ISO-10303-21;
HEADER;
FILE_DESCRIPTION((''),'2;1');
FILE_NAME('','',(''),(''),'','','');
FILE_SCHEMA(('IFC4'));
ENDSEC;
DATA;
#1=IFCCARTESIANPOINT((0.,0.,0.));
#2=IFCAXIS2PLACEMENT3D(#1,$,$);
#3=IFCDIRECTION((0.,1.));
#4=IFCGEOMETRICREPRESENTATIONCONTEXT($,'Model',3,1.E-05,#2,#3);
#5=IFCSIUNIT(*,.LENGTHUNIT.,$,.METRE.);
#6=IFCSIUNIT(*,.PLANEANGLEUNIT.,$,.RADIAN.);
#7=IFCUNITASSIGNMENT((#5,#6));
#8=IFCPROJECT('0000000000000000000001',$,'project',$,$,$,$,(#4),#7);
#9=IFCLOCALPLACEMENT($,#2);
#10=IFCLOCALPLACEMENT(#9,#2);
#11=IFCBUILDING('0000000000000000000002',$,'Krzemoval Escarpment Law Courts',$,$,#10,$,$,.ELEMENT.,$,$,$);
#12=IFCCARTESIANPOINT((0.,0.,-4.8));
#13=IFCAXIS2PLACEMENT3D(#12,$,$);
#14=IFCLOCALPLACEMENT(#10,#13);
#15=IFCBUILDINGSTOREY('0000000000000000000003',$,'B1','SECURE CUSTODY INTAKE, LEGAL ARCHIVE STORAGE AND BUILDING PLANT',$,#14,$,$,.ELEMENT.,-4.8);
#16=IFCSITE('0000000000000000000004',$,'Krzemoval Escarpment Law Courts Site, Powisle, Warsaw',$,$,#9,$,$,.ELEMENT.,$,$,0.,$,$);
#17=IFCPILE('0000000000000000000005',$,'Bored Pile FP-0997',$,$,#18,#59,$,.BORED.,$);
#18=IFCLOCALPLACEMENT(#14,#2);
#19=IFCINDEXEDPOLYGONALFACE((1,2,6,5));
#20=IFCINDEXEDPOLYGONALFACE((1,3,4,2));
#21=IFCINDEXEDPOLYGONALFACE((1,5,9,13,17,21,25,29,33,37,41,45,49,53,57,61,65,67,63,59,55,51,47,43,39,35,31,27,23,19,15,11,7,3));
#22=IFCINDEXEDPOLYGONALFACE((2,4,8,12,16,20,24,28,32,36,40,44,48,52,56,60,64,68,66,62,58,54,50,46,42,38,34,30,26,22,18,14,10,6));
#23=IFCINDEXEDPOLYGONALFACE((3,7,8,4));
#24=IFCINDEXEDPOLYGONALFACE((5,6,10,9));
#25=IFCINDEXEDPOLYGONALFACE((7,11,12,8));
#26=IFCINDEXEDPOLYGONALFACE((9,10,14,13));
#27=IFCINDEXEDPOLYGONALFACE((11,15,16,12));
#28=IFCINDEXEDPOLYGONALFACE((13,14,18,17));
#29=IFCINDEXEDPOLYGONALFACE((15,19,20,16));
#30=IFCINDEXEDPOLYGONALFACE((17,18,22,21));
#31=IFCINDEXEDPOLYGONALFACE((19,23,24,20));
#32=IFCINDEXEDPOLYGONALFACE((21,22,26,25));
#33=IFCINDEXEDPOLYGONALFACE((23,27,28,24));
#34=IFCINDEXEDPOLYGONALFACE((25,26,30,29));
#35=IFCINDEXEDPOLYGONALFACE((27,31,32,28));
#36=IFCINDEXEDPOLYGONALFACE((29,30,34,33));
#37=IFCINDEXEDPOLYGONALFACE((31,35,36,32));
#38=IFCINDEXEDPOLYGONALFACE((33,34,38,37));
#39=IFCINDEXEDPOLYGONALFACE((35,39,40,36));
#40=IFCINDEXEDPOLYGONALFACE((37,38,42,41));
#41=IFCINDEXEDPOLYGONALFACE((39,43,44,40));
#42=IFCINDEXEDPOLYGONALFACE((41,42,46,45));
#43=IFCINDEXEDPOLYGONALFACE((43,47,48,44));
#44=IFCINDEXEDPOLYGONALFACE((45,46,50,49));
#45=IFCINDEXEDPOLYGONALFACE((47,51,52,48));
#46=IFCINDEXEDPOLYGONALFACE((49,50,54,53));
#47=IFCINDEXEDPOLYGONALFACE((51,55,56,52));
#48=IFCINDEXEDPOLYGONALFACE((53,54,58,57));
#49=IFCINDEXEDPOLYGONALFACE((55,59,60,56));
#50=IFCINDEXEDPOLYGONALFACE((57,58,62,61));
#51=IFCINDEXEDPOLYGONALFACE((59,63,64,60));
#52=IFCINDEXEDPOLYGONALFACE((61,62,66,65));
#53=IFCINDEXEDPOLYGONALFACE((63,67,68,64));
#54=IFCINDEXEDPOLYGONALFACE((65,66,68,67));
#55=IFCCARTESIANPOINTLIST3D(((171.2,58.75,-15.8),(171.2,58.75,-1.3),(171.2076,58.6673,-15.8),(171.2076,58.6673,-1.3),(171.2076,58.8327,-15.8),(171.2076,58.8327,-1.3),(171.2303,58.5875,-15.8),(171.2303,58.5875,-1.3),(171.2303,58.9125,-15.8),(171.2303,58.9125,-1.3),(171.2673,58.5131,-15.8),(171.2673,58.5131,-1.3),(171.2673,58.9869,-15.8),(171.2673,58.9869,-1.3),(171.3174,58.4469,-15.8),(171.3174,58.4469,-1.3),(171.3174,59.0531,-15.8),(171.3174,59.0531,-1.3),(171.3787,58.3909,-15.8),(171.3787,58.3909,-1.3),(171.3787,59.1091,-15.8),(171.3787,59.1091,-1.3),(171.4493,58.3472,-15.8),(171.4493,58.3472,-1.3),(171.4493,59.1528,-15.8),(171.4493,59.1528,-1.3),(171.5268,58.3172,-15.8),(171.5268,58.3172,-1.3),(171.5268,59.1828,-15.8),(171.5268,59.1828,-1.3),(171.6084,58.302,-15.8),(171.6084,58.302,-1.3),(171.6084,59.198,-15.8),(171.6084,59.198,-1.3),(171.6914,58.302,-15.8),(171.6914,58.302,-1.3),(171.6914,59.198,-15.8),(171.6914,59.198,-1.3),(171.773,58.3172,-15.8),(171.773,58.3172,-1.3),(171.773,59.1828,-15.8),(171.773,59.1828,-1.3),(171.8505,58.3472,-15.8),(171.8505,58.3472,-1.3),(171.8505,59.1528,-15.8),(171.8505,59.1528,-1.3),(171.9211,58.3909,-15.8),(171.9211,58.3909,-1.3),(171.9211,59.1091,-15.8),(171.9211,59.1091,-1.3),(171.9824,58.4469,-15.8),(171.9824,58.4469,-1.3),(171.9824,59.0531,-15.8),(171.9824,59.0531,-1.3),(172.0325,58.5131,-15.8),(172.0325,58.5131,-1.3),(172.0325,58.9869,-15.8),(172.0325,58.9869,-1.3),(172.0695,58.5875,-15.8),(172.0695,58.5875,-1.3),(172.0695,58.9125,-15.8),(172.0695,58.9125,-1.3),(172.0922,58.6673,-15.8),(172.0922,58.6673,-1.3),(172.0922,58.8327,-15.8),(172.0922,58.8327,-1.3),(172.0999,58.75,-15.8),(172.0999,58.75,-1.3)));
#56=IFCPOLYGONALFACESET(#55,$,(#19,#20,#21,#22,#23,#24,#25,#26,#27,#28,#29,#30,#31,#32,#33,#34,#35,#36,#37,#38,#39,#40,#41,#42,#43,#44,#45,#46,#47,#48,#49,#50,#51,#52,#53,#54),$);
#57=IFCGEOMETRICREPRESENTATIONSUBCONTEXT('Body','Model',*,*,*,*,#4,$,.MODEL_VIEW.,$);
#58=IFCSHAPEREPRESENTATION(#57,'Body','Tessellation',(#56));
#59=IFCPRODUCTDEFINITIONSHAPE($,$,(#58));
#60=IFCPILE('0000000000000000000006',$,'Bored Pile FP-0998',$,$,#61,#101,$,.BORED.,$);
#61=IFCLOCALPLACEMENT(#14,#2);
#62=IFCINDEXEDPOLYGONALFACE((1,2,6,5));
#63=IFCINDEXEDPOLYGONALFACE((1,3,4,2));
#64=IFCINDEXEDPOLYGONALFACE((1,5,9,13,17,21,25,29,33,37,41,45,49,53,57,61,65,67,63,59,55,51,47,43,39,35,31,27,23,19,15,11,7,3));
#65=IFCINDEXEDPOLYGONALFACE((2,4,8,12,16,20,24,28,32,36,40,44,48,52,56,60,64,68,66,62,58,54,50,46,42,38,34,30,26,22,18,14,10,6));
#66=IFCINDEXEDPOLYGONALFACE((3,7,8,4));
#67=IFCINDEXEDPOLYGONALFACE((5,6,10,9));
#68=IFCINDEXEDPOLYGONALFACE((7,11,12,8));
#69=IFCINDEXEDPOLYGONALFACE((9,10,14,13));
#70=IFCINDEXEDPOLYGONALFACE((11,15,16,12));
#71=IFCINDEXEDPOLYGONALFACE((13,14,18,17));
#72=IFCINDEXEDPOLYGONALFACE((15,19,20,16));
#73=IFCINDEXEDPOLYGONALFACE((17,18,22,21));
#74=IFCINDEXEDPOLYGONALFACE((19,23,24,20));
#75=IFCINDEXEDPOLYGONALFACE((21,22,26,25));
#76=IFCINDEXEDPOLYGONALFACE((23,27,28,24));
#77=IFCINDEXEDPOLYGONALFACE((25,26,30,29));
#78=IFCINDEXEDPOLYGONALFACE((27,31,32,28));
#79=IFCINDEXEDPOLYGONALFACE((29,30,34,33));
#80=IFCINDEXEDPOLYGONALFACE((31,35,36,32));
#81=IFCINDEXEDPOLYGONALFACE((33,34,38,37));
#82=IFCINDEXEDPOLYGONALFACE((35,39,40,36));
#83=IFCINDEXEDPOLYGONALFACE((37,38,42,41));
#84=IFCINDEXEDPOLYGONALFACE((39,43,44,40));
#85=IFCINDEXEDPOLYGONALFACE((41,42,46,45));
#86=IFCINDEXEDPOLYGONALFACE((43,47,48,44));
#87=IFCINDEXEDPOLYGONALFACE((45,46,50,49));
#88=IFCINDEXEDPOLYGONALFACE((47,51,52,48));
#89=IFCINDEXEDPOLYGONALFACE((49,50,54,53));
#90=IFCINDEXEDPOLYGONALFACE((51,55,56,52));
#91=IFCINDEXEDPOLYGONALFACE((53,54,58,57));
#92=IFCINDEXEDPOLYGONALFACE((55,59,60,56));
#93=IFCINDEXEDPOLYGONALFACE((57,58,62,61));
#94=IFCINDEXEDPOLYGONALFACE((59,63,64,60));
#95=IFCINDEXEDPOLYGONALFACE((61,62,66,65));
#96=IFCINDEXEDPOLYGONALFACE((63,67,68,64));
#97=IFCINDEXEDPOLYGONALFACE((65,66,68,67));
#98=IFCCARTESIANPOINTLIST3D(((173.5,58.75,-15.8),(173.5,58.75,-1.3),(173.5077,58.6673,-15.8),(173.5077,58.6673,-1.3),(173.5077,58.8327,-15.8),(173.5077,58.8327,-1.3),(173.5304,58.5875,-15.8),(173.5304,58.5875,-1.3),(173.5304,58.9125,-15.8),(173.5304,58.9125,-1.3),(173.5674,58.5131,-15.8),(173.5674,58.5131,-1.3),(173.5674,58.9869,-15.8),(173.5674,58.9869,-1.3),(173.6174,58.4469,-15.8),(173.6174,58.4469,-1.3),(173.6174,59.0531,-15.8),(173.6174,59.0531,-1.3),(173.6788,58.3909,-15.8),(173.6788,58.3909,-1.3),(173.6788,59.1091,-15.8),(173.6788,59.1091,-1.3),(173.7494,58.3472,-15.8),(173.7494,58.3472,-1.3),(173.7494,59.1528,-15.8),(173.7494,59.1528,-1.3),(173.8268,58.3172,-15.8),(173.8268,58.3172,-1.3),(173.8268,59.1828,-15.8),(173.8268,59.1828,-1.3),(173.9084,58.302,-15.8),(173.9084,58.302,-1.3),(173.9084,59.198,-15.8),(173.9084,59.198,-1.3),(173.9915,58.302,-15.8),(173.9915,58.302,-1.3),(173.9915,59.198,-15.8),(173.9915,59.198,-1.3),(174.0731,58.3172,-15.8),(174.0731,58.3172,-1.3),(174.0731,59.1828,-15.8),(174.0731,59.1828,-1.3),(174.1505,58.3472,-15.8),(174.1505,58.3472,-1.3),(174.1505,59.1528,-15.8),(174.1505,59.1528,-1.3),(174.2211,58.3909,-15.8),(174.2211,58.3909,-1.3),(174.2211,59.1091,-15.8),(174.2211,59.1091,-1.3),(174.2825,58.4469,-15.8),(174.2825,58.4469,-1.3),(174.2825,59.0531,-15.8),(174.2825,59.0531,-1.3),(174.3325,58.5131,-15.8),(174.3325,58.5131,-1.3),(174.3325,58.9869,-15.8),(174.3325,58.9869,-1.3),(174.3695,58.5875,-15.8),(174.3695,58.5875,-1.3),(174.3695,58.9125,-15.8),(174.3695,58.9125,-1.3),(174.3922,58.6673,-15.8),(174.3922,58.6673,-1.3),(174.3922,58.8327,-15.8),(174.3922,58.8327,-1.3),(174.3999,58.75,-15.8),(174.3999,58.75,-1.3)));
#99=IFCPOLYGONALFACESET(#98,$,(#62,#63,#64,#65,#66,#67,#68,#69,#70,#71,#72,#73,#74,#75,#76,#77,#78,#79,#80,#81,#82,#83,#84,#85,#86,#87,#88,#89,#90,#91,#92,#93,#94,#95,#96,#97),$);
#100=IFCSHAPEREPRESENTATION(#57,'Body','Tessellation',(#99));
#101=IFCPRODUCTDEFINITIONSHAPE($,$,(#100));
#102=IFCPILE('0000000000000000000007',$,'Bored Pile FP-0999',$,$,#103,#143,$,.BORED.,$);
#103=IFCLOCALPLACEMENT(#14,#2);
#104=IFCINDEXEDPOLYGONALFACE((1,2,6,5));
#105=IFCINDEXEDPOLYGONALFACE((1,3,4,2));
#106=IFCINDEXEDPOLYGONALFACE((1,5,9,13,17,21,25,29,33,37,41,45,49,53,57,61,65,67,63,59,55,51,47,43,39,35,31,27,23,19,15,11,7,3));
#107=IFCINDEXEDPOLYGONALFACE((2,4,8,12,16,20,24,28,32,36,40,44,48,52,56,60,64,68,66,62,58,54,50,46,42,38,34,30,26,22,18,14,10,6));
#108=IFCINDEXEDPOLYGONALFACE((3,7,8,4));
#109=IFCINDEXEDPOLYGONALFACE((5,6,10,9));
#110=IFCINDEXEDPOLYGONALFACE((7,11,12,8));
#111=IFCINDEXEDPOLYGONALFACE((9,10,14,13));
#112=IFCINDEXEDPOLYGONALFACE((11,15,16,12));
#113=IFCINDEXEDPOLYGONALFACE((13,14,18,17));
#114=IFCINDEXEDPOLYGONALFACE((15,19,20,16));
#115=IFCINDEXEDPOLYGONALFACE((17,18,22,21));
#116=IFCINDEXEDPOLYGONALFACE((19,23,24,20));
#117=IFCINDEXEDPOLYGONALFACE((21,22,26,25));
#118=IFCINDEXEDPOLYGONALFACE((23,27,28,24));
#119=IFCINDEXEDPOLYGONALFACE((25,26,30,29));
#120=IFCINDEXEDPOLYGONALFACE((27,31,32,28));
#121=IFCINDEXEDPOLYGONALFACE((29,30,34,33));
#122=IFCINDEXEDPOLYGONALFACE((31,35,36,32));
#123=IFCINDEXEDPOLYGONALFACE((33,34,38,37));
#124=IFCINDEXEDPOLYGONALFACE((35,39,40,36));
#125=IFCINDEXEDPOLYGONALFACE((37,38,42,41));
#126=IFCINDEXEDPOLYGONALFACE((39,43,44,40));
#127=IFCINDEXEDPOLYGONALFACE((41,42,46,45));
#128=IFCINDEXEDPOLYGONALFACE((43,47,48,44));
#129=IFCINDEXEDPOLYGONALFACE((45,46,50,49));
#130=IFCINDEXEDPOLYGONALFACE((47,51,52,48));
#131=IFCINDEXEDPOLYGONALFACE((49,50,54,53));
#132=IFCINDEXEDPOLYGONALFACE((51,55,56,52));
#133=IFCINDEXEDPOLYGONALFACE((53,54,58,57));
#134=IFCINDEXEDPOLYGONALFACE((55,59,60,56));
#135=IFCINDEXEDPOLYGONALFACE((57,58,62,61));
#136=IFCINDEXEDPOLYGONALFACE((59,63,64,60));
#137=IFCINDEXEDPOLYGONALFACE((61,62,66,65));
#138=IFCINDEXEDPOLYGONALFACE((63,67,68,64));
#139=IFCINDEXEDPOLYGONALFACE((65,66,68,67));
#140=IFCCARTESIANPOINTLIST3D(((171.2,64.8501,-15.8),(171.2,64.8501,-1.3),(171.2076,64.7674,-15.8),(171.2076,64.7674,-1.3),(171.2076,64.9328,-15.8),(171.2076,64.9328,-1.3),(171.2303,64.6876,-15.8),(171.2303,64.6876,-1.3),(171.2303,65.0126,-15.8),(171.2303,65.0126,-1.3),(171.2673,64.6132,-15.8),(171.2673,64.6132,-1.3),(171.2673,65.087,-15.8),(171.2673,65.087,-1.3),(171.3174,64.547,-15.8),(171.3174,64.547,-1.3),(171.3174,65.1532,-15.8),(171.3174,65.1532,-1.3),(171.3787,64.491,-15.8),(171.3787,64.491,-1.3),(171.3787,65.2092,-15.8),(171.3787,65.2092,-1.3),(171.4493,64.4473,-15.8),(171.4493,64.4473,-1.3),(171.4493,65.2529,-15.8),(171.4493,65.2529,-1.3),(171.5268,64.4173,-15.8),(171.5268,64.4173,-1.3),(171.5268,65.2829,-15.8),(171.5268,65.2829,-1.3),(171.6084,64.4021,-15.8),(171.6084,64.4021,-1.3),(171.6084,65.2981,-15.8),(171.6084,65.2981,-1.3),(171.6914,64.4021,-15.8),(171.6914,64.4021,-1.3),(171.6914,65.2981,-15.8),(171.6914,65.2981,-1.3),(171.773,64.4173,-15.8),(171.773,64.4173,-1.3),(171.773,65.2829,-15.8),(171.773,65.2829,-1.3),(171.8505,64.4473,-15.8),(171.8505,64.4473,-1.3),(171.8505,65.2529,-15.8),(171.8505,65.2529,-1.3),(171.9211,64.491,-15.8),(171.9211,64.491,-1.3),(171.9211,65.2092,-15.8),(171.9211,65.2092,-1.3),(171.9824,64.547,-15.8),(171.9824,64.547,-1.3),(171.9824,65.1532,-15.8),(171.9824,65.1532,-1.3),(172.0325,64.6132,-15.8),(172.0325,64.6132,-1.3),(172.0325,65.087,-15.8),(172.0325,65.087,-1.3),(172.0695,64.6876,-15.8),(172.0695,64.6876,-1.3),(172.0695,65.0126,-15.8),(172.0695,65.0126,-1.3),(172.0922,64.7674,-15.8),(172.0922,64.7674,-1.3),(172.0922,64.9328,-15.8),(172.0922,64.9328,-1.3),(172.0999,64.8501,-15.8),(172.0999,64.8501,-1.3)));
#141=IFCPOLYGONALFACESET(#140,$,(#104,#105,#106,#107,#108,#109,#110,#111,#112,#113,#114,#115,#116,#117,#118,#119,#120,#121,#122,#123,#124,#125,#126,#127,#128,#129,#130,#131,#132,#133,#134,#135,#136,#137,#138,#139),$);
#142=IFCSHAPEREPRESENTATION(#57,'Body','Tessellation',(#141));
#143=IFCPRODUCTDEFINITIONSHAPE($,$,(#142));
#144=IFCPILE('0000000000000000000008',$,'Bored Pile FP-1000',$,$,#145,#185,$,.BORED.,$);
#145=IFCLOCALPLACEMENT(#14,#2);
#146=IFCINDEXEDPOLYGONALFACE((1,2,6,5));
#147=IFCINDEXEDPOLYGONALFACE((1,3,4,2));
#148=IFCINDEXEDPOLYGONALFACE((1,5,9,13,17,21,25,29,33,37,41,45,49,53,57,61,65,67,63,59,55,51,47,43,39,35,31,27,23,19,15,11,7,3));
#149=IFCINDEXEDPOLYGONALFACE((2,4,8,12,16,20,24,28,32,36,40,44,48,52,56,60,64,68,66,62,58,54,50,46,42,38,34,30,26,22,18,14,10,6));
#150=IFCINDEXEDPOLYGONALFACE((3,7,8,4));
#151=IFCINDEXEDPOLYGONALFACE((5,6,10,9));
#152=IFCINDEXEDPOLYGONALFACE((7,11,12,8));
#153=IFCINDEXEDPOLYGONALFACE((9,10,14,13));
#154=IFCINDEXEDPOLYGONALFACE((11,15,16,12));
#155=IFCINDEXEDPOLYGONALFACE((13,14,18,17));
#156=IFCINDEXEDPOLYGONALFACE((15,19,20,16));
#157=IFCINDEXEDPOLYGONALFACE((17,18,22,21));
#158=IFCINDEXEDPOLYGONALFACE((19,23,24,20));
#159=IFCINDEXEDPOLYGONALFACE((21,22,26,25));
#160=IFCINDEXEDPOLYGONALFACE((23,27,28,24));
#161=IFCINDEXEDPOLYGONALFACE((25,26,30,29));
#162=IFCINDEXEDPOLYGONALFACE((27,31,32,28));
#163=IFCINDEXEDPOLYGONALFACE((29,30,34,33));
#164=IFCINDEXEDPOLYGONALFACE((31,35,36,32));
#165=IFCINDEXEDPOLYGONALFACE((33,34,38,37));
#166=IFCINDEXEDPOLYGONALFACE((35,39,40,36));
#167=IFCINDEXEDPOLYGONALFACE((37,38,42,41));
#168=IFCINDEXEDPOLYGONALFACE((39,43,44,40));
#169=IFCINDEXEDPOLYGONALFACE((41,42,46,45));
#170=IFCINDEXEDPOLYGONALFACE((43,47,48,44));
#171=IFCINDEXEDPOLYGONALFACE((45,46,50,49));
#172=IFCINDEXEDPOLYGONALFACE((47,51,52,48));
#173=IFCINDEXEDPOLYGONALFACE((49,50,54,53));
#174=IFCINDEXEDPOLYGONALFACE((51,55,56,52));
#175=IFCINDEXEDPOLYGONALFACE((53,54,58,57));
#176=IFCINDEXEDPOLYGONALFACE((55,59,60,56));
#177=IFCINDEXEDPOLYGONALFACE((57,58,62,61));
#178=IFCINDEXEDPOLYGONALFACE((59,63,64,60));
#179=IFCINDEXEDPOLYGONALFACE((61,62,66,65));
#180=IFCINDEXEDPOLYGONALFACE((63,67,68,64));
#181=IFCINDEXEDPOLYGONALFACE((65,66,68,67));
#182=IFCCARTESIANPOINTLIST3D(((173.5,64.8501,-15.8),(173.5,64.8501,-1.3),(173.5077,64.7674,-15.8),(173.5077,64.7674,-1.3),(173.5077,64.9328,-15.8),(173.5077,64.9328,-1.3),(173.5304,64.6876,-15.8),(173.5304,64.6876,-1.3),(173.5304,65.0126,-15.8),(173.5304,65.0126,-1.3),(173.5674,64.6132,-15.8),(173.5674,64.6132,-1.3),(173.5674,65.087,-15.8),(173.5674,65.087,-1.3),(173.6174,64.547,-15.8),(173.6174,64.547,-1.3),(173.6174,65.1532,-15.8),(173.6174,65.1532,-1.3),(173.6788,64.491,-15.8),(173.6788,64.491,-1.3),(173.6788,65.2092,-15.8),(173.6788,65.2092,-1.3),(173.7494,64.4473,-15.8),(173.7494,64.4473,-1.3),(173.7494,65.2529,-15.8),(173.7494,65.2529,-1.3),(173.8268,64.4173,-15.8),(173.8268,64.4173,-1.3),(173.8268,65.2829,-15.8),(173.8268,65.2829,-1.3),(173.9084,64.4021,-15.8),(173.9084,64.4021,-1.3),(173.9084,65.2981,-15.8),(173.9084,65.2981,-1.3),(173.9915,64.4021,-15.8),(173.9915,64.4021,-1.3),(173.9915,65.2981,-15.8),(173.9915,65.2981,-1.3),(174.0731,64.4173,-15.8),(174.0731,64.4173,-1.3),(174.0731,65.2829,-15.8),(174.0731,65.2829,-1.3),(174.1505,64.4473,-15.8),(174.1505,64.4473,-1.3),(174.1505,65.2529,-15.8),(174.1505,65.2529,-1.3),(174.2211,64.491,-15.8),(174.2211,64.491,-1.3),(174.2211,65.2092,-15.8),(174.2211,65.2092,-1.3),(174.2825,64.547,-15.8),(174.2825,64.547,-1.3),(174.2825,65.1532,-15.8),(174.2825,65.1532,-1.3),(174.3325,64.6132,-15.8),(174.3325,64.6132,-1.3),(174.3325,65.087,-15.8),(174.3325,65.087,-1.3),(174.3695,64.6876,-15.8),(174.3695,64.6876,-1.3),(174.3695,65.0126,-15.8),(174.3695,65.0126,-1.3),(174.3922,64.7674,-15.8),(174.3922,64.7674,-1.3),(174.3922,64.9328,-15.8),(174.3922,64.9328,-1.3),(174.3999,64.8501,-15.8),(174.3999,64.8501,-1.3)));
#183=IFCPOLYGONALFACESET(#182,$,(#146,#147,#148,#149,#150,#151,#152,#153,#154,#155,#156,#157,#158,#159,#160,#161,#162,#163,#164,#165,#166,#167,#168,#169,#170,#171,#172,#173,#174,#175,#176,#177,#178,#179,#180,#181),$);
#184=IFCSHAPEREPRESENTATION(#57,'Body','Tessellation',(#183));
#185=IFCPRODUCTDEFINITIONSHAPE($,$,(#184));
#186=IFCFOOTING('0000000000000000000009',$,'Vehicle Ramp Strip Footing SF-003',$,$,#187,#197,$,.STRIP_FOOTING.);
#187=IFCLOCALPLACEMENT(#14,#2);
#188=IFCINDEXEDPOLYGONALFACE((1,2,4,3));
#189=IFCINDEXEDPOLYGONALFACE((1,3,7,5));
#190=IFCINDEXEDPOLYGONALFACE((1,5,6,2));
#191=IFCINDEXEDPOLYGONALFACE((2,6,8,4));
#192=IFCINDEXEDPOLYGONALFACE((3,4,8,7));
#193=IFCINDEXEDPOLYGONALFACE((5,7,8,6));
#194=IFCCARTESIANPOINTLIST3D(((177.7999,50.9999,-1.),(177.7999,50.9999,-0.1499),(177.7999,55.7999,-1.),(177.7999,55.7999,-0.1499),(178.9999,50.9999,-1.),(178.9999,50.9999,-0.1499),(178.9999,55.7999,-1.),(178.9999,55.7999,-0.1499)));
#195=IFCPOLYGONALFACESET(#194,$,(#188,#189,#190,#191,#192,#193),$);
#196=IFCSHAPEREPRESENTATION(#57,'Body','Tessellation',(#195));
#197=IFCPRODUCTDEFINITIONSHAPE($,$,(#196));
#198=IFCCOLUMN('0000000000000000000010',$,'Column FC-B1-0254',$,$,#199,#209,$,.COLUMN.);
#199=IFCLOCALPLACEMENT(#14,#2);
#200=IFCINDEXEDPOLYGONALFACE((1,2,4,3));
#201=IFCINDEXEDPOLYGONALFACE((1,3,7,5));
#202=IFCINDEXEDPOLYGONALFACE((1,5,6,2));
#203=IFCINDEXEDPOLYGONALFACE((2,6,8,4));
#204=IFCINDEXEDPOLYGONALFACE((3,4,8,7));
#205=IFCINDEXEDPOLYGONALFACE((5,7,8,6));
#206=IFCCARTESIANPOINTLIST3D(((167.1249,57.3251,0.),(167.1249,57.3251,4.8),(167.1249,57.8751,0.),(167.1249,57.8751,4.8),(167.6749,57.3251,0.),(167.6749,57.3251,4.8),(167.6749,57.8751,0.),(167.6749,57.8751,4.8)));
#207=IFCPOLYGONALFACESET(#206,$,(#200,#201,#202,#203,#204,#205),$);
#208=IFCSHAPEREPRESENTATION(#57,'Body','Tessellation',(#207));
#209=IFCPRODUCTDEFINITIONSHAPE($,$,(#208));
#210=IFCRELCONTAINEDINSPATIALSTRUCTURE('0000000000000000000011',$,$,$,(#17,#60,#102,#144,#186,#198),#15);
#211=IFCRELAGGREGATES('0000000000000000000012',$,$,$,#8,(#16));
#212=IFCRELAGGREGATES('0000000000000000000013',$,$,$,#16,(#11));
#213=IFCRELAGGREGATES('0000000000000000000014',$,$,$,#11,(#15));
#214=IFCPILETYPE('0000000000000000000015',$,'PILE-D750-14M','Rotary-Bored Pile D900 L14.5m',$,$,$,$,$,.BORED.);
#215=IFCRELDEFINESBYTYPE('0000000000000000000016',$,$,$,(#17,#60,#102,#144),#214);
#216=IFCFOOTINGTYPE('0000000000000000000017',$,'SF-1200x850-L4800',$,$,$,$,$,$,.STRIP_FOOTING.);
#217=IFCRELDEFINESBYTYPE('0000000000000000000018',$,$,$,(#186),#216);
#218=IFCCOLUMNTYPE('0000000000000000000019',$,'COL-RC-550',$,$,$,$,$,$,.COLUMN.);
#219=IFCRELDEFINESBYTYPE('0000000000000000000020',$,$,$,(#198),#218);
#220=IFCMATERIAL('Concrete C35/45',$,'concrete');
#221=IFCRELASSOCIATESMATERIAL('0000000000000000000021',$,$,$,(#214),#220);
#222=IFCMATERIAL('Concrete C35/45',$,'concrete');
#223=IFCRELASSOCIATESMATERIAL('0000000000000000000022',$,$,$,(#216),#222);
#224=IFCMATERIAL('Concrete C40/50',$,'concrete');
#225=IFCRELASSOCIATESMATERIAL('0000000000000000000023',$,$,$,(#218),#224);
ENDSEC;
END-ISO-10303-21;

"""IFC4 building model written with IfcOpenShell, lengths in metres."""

from ifc_helpers import new_model, si_unit, direction, frame, origin, origin_2d, place, context, subcontext, project, spatial, rectangle, circle, extrude, material, material_profile, profile_set, type_object, element, save


model = new_model("IFC4")

# Units and contexts
model_context = context("Model", 3, precision=1e-05, world=origin(), true_north=direction((0.0, 1.0)))
body_context = subcontext(model_context, "Body", "Model", "MODEL_VIEW")
ifc_project = project(units=[si_unit("LENGTHUNIT", "METRE"), si_unit("PLANEANGLEUNIT", "RADIAN")], contexts=[model_context])

# Site, building, storey
site_placement = place(None, origin())
site = spatial("IfcSite", under=ifc_project, at=site_placement, Name="Krzemoval Escarpment Law Courts Site, Powisle, Warsaw", CompositionType="ELEMENT", RefElevation=0.0)
building_placement = place(site_placement, origin())
building = spatial("IfcBuilding", under=site, at=building_placement, Name="Krzemoval Escarpment Law Courts", CompositionType="ELEMENT")
storey_placement = place(building_placement, frame((0.0, 0.0, -4.8)))
storey = spatial("IfcBuildingStorey", under=building, at=storey_placement, Name="B1", Description="SECURE CUSTODY INTAKE, LEGAL ARCHIVE STORAGE AND BUILDING PLANT", CompositionType="ELEMENT", Elevation=-4.8)

# Piles
ifc_material_1 = material(Name="Concrete C35/45", Category="concrete")
ifc_material_profile_1 = material_profile(ifc_material_1, circle(Radius=0.45, at=origin_2d()), Name="PILE D900")
ifc_profile_set_1 = profile_set([ifc_material_profile_1], Name="Concrete C35/45")
pile_type = type_object("IfcPileType", Name="PILE-D750-14M", Description="Rotary-Bored Pile D900 L14.5m", PredefinedType="BORED", material=ifc_profile_set_1)
for number, where, z_axis, x_axis, name in (
    (1, (171.6499, 58.75, -1.3), (0.0, 0.0, -1.0), (1.0, 0.0, 0.0), "Bored Pile FP-0997"),
    (2, (173.95, 58.75, -1.3), (0.0, 0.0, -1.0), (1.0, 0.0, 0.0), "Bored Pile FP-0998"),
    (3, (171.6499, 64.8501, -1.3), (0.0, 0.0, -1.0), (1.0, 0.0, 0.0), "Bored Pile FP-0999"),
    (4, (173.95, 64.8501, -1.3), (0.0, 0.0, -1.0), (1.0, 0.0, 0.0), "Bored Pile FP-1000"),
):
    element("IfcPile", number, at=place(storey_placement, frame(where, z_axis=z_axis, x_axis=x_axis)), inside=storey, type_object=pile_type, Name=name, PredefinedType="BORED", context=body_context, shape_type="SweptSolid", body=[
        extrude(circle(Radius=0.45, at=origin_2d()), origin(), (0.0, 0.0, 1.0), 14.5),
    ])

# Footing
ifc_material_2 = material(Name="Concrete C35/45", Category="concrete")
footing_type_1 = type_object("IfcFootingType", Name="SF-1200x850-L4800", PredefinedType="STRIP_FOOTING", material=ifc_material_2)
footing_1_placement = place(storey_placement, frame((178.3999, 53.3999, -1.0), z_axis=(0.0, 0.0, 1.0), x_axis=(0.0, 1.0, 0.0)))
element("IfcFooting", 5, at=footing_1_placement, inside=storey, type_object=footing_type_1, Name="Vehicle Ramp Strip Footing SF-003", PredefinedType="STRIP_FOOTING", context=body_context, shape_type="SweptSolid", body=[
    extrude(rectangle(XDim=4.8, YDim=1.2, at=origin_2d()), origin(), (0.0, 0.0, 1.0), 0.8501),
])

# Column
ifc_material_3 = material(Name="Concrete C40/50", Category="concrete")
ifc_material_profile_2 = material_profile(ifc_material_3, rectangle(XDim=0.55, YDim=0.55, at=origin_2d()), Name="RC 550x550")
ifc_profile_set_2 = profile_set([ifc_material_profile_2], Name="Concrete C40/50")
column_type = type_object("IfcColumnType", Name="COL-RC-550", PredefinedType="COLUMN", material=ifc_profile_set_2)
for number, where, z_axis, x_axis, name in (
    (6, (167.3999, 57.6001, 0.0), (0.0, 0.0, 1.0), (1.0, 0.0, 0.0), "Column FC-B1-0254"),
):
    element("IfcColumn", number, at=place(storey_placement, frame(where, z_axis=z_axis, x_axis=x_axis)), inside=storey, type_object=column_type, Name=name, PredefinedType="COLUMN", context=body_context, shape_type="SweptSolid", body=[
        extrude(rectangle(XDim=0.55, YDim=0.55, at=origin_2d()), origin(), (0.0, 0.0, 1.0), 4.8),
    ])

save(model, "model.ifc")
